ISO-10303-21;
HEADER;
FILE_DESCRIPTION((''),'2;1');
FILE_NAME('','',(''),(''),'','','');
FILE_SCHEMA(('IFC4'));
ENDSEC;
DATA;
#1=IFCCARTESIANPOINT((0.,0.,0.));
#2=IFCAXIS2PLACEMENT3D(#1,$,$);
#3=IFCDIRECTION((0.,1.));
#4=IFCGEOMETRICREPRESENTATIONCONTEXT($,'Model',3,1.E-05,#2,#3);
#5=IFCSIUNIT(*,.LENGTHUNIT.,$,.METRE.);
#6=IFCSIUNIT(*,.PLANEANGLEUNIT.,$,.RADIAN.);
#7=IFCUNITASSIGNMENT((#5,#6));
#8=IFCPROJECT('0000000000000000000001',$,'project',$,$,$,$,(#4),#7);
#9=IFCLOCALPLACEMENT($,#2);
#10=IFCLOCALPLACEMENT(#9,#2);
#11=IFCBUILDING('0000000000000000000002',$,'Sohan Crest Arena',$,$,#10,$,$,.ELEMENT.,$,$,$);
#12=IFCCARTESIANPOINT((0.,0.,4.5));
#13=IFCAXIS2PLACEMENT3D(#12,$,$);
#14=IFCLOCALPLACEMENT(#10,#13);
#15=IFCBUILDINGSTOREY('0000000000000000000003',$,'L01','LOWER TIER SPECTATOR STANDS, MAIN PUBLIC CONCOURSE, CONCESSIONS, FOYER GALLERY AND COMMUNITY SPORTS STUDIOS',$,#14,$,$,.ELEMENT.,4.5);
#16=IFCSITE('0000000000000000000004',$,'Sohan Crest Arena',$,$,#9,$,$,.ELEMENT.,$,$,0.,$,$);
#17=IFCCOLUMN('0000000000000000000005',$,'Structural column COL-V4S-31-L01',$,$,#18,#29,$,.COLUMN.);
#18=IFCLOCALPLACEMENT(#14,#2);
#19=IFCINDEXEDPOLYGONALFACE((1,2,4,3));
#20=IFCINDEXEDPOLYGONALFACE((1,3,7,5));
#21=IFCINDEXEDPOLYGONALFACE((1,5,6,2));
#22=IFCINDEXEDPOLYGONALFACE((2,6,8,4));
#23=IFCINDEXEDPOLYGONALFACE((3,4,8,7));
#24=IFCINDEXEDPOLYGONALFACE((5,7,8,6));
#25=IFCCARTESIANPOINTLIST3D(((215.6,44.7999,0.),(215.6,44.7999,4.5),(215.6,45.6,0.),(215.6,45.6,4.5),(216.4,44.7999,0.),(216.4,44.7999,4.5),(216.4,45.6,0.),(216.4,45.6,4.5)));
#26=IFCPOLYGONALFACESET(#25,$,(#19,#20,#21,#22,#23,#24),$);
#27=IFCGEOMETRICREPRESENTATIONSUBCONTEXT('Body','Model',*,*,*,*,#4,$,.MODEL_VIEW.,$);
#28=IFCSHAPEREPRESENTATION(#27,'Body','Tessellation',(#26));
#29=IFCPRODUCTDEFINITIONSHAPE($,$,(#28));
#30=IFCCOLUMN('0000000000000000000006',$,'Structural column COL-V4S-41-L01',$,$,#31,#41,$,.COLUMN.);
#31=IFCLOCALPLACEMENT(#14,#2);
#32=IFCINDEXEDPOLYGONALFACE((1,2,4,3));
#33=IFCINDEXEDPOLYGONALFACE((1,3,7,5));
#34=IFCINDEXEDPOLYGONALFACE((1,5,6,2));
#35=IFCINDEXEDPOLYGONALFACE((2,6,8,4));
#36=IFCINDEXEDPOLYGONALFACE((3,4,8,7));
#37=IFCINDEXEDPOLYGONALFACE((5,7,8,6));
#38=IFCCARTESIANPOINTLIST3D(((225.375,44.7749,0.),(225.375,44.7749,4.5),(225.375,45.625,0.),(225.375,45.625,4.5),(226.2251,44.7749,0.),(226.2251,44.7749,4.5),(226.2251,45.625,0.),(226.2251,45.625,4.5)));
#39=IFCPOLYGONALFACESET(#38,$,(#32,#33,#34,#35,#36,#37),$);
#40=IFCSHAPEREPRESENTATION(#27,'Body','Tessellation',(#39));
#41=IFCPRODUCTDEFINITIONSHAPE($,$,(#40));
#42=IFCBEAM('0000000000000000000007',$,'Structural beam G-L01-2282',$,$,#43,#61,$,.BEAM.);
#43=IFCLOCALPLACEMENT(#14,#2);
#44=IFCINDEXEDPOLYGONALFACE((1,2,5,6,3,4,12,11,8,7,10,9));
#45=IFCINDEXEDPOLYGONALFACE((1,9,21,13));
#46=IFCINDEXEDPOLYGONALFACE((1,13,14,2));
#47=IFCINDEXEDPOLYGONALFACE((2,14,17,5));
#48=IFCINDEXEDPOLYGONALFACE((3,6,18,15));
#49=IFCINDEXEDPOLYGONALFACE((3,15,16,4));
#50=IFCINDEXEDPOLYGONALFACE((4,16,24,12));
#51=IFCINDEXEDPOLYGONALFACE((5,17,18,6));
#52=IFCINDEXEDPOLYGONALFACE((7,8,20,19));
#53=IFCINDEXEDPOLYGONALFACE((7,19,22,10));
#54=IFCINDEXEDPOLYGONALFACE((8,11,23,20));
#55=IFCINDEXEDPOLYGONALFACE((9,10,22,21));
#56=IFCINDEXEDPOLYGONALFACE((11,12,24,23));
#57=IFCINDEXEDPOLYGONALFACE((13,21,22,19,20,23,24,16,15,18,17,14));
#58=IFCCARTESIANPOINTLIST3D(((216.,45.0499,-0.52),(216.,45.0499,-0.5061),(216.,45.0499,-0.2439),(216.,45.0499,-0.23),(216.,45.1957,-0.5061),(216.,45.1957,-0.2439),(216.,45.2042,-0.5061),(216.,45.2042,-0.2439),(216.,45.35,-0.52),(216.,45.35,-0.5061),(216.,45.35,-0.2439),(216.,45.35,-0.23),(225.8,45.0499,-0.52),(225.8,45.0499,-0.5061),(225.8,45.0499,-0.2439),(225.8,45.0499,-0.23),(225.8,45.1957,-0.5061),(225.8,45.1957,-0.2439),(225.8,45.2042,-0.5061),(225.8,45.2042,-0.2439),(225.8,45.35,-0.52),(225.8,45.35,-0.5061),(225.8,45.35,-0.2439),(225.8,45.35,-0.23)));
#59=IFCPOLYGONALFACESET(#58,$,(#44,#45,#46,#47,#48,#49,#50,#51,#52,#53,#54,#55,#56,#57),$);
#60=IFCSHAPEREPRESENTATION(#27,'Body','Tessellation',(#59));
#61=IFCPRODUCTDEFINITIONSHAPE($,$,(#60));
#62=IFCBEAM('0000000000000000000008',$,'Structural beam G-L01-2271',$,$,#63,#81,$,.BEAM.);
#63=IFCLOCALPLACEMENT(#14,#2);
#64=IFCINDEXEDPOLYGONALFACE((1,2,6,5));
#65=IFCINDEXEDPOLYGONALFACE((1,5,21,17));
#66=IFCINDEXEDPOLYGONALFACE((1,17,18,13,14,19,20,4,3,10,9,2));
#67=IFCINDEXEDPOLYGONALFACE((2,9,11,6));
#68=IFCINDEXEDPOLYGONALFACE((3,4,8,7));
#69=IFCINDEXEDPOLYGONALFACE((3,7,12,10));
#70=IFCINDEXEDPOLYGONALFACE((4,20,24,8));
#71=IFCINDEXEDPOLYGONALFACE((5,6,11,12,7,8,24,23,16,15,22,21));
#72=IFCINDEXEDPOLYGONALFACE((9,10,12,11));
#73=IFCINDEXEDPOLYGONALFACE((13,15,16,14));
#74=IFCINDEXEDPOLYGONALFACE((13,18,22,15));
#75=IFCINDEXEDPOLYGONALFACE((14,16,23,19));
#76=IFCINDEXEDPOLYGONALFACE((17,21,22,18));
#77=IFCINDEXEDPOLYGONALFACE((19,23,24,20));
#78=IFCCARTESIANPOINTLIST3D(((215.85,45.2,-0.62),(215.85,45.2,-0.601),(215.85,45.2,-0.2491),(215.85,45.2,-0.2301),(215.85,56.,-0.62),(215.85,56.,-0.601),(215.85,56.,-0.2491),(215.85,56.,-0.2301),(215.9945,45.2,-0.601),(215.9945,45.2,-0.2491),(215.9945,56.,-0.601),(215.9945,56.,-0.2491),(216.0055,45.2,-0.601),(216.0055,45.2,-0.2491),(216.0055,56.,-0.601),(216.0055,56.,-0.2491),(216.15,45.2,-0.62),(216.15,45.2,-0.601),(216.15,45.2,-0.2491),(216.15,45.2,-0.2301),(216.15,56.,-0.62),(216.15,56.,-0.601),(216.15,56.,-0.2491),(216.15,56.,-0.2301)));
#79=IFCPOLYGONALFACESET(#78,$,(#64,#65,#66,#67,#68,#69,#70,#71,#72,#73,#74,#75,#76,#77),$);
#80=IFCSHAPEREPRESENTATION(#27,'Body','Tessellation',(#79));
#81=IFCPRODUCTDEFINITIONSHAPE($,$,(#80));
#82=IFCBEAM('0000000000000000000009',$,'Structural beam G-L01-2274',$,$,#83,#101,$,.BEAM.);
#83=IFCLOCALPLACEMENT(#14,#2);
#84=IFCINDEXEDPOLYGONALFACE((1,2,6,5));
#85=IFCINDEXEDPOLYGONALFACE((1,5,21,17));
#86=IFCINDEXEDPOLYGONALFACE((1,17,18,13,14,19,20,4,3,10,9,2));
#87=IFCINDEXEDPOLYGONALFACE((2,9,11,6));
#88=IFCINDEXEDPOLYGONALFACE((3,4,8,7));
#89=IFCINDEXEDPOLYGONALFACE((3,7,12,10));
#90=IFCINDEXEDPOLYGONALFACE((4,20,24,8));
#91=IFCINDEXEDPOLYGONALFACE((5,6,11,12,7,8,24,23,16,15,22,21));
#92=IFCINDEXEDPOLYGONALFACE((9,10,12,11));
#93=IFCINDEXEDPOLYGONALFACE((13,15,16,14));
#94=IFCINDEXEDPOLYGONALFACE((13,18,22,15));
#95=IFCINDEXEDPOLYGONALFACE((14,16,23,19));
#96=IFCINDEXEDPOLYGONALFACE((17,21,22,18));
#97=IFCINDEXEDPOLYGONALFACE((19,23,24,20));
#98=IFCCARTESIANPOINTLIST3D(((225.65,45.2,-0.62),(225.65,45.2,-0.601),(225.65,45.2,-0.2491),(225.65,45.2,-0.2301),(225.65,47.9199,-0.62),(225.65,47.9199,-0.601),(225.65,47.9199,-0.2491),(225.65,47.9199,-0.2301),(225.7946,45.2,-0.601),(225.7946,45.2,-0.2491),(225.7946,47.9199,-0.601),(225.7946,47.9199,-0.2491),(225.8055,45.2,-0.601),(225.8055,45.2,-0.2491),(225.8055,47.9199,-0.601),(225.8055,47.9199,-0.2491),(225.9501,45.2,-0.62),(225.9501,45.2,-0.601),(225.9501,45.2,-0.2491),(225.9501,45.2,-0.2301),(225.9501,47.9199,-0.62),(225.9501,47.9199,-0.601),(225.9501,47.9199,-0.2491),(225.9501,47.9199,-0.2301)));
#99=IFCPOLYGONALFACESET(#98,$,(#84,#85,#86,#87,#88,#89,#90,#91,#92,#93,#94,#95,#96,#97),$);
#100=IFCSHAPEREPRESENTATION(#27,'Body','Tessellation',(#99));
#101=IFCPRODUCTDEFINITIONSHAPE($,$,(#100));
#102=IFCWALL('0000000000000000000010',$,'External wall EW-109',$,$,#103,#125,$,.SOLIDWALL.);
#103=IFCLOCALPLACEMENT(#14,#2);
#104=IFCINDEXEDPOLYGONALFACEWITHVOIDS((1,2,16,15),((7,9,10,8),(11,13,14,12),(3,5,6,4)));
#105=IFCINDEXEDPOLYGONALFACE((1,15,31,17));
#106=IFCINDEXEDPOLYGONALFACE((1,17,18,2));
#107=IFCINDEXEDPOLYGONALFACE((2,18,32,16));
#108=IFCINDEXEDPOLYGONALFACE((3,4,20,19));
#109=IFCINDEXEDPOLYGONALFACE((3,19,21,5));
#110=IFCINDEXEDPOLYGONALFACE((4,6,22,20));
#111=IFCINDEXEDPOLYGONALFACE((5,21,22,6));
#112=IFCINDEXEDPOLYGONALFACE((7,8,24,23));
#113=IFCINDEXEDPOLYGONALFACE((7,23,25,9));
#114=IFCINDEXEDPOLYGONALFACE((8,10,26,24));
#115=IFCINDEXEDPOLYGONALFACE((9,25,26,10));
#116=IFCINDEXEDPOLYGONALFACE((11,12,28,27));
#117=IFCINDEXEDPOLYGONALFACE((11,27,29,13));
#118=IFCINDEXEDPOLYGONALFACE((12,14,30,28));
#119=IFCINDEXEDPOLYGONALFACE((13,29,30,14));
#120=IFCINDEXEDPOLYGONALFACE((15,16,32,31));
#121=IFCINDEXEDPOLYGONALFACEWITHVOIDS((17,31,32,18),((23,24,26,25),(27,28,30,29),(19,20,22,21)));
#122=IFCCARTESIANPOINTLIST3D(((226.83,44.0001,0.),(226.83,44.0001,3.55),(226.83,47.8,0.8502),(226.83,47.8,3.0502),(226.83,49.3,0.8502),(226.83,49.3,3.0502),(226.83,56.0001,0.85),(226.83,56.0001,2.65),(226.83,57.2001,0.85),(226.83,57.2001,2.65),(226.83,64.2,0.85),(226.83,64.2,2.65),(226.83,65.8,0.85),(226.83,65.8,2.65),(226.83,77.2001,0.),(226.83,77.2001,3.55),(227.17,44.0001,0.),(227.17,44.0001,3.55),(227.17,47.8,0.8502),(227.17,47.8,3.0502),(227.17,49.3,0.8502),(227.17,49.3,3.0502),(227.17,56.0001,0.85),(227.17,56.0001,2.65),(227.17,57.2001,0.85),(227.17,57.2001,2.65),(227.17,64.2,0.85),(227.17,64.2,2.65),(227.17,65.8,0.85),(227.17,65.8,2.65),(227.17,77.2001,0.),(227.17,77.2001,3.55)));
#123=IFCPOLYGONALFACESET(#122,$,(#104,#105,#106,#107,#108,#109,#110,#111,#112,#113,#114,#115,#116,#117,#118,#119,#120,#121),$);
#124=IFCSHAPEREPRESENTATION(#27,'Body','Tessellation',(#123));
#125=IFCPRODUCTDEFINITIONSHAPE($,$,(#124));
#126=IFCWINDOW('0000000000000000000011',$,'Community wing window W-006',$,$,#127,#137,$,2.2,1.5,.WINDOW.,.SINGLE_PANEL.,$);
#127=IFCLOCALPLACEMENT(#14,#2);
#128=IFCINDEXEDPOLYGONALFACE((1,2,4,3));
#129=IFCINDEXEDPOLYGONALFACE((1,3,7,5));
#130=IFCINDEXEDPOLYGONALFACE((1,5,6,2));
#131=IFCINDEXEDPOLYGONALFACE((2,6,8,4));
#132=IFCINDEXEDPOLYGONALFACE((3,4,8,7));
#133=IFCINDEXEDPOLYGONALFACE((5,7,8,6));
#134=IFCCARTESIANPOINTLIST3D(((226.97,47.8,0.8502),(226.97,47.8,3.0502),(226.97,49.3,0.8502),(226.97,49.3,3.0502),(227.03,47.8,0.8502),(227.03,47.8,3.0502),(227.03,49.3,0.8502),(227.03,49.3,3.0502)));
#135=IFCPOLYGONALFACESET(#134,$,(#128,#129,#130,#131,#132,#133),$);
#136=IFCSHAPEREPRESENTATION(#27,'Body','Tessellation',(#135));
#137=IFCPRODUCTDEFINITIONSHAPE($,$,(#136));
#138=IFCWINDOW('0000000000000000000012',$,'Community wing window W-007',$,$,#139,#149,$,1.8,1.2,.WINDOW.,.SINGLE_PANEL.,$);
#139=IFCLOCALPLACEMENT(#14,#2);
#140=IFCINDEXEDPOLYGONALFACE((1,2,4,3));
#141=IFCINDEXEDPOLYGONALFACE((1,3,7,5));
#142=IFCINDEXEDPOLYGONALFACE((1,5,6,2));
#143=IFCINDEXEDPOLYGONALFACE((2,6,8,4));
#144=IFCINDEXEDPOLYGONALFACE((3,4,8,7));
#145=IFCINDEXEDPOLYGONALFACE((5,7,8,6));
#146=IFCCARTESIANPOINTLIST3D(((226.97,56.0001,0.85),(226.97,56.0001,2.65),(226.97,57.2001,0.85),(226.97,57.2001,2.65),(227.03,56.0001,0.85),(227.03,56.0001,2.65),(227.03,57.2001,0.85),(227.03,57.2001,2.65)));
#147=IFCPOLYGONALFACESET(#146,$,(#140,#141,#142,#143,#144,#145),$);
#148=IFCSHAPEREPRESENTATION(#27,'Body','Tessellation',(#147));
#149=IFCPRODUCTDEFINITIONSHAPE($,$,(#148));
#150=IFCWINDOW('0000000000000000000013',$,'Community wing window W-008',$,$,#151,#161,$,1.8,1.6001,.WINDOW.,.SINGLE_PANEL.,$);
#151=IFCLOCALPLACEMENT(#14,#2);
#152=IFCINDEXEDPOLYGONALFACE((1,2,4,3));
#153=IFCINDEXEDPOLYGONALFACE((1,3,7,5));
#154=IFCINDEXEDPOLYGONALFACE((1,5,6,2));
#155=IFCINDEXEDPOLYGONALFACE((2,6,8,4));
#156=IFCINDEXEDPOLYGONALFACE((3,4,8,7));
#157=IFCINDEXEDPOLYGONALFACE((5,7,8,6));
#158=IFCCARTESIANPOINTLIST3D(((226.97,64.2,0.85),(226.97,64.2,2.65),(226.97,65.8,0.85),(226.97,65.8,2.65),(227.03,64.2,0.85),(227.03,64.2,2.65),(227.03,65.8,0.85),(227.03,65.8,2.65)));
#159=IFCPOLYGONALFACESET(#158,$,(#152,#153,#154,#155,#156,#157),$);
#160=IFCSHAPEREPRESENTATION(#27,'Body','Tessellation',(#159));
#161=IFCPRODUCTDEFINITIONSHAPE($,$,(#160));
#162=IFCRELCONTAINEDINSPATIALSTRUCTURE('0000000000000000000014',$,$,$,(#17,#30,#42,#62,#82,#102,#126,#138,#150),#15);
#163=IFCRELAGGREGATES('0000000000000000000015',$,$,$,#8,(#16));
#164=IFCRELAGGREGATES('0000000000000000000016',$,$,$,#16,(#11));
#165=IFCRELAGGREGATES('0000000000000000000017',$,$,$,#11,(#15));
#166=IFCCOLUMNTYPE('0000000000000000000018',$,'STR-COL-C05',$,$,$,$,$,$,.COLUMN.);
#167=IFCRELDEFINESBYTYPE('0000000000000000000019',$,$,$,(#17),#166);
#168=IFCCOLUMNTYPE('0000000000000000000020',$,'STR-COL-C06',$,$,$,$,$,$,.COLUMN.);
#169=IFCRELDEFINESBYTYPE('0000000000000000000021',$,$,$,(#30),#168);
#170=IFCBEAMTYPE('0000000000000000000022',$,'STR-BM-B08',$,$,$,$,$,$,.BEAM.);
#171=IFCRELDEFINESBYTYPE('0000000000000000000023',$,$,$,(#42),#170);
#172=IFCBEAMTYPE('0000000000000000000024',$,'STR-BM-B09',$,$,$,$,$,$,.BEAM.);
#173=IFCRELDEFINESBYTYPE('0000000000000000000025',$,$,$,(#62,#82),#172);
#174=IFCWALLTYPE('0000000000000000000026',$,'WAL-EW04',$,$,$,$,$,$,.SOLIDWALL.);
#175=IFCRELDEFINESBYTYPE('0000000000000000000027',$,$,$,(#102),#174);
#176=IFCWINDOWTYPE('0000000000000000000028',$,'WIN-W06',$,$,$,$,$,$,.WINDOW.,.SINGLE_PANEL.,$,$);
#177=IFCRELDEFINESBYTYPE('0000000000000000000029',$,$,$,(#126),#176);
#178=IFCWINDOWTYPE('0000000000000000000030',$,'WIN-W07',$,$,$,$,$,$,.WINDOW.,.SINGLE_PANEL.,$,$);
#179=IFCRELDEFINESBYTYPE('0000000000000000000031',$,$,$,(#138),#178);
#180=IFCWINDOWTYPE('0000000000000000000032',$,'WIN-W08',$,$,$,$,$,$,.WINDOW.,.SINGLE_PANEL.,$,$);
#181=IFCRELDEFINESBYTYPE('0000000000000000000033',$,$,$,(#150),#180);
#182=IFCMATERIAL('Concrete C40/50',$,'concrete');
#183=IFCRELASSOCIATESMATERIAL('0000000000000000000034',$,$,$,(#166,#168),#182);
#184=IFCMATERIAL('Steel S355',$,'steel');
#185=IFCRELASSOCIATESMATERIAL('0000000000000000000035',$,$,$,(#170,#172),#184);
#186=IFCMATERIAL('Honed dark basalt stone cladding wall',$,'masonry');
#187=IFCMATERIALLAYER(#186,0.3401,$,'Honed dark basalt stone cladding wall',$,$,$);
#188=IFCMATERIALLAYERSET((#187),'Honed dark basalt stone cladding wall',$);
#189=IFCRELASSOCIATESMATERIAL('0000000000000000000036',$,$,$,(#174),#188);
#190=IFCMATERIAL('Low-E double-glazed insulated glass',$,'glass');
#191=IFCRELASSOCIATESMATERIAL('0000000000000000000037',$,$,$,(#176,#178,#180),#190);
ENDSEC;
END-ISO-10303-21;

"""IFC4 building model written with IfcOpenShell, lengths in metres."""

from ifc_helpers import new_model, si_unit, direction, frame, frame_2d, origin, origin_2d, place, context, subcontext, project, spatial, rectangle, i_section, extrude, material, layer, layer_set, material_profile, profile_set, type_object, element, fill, save


model = new_model("IFC4")

# Units and contexts
model_context = context("Model", 3, precision=1e-05, world=origin(), true_north=direction((0.0, 1.0)))
body_context = subcontext(model_context, "Body", "Model", "MODEL_VIEW")
ifc_project = project(units=[si_unit("LENGTHUNIT", "METRE"), si_unit("PLANEANGLEUNIT", "RADIAN")], contexts=[model_context])

# Site, building, storey
site_placement = place(None, origin())
site = spatial("IfcSite", under=ifc_project, at=site_placement, Name="Sohan Crest Arena", CompositionType="ELEMENT", RefElevation=0.0)
building_placement = place(site_placement, origin())
building = spatial("IfcBuilding", under=site, at=building_placement, Name="Sohan Crest Arena", CompositionType="ELEMENT")
storey_placement = place(building_placement, frame((0.0, 0.0, 4.5)))
storey = spatial("IfcBuildingStorey", under=building, at=storey_placement, Name="L01", Description="LOWER TIER SPECTATOR STANDS, MAIN PUBLIC CONCOURSE, CONCESSIONS, FOYER GALLERY AND COMMUNITY SPORTS STUDIOS", CompositionType="ELEMENT", Elevation=4.5)

# Columns
ifc_material_1 = material(Name="Concrete C40/50", Category="concrete")
ifc_material_profile_1 = material_profile(ifc_material_1, rectangle(XDim=0.8, YDim=0.8, at=origin_2d()), Name="RC 800x800")
ifc_profile_set_1 = profile_set([ifc_material_profile_1], Name="Concrete C40/50")
column_type_1 = type_object("IfcColumnType", Name="STR-COL-C05", PredefinedType="COLUMN", material=ifc_profile_set_1)
column_1_placement = place(storey_placement, frame((216.0, 45.2, 0.0), z_axis=(0.0, 0.0, 1.0), x_axis=(1.0, 0.0, 0.0)))
element("IfcColumn", 1, at=column_1_placement, inside=storey, type_object=column_type_1, Name="Structural column COL-V4S-31-L01", PredefinedType="COLUMN", context=body_context, shape_type="SweptSolid", body=[
    extrude(rectangle(XDim=0.8, YDim=0.8, at=origin_2d()), origin(), (0.0, 0.0, 1.0), 4.5),
])
ifc_material_profile_2 = material_profile(ifc_material_1, rectangle(XDim=0.8501, YDim=0.8501, at=origin_2d()), Name="RC 850x850")
ifc_profile_set_2 = profile_set([ifc_material_profile_2], Name="Concrete C40/50")
column_type_2 = type_object("IfcColumnType", Name="STR-COL-C06", PredefinedType="COLUMN", material=ifc_profile_set_2)
column_2_placement = place(storey_placement, frame((225.8, 45.2, 0.0), z_axis=(0.0, 0.0, 1.0), x_axis=(1.0, 0.0, 0.0)))
element("IfcColumn", 2, at=column_2_placement, inside=storey, type_object=column_type_2, Name="Structural column COL-V4S-41-L01", PredefinedType="COLUMN", context=body_context, shape_type="SweptSolid", body=[
    extrude(rectangle(XDim=0.8501, YDim=0.8501, at=origin_2d()), origin(), (0.0, 0.0, 1.0), 4.5),
])

# Beams
ifc_material_2 = material(Name="Steel S355", Category="steel")
ifc_material_profile_3 = material_profile(ifc_material_2, i_section(OverallWidth=0.3, OverallDepth=0.29, WebThickness=0.0085, FlangeThickness=0.0139, at=origin_2d()), Name="HEA 300")
ifc_profile_set_3 = profile_set([ifc_material_profile_3], Name="Steel S355")
beam_type_1 = type_object("IfcBeamType", Name="STR-BM-B08", PredefinedType="BEAM", material=ifc_profile_set_3)
beam_1_placement = place(storey_placement, frame((216.0, 45.2, -0.375), z_axis=(1.0, 0.0, 0.0), x_axis=(0.0, 1.0, 0.0)))
element("IfcBeam", 3, at=beam_1_placement, inside=storey, type_object=beam_type_1, Name="Structural beam G-L01-2282", PredefinedType="BEAM", context=body_context, shape_type="SweptSolid", body=[
    extrude(i_section(OverallWidth=0.3, OverallDepth=0.29, WebThickness=0.0085, FlangeThickness=0.0139, at=origin_2d()), origin(), (0.0, 0.0, 1.0), 9.8),
])
ifc_material_profile_4 = material_profile(ifc_material_2, i_section(OverallWidth=0.3, OverallDepth=0.3899, WebThickness=0.011, FlangeThickness=0.019, at=origin_2d()), Name="HEA 400")
ifc_profile_set_4 = profile_set([ifc_material_profile_4], Name="Steel S355")
beam_type_2 = type_object("IfcBeamType", Name="STR-BM-B09", PredefinedType="BEAM", material=ifc_profile_set_4)
beam_2_placement = place(storey_placement, frame((216.0, 45.2, -0.425), z_axis=(0.0, 1.0, 0.0), x_axis=(-1.0, 0.0, 0.0)))
element("IfcBeam", 4, at=beam_2_placement, inside=storey, type_object=beam_type_2, Name="Structural beam G-L01-2271", PredefinedType="BEAM", context=body_context, shape_type="SweptSolid", body=[
    extrude(i_section(OverallWidth=0.3, OverallDepth=0.3899, WebThickness=0.011, FlangeThickness=0.019, at=origin_2d()), origin(), (0.0, 0.0, 1.0), 10.8),
])
beam_3_placement = place(storey_placement, frame((225.8, 45.2, -0.425), z_axis=(0.0, 1.0, 0.0), x_axis=(-1.0, 0.0, 0.0)))
element("IfcBeam", 5, at=beam_3_placement, inside=storey, type_object=beam_type_2, Name="Structural beam G-L01-2274", PredefinedType="BEAM", context=body_context, shape_type="SweptSolid", body=[
    extrude(i_section(OverallWidth=0.3, OverallDepth=0.3899, WebThickness=0.011, FlangeThickness=0.019, at=origin_2d()), origin(), (0.0, 0.0, 1.0), 2.72),
])

# Wall, openings, windows
ifc_material_3 = material(Name="Honed dark basalt stone cladding wall", Category="masonry")
ifc_layer_1 = layer(ifc_material_3, 0.3401, Name="Honed dark basalt stone cladding wall")
ifc_layer_set_1 = layer_set([ifc_layer_1], Name="Honed dark basalt stone cladding wall")
wall_type_1 = type_object("IfcWallType", Name="WAL-EW04", PredefinedType="SOLIDWALL", material=ifc_layer_set_1)
wall_1_placement = place(storey_placement, frame((227.0, 44.0, 0.0), z_axis=(0.0, 0.0, 1.0), x_axis=(0.0, 1.0, 0.0)))
wall_1 = element("IfcWall", 6, at=wall_1_placement, inside=storey, type_object=wall_type_1, Name="External wall EW-109", PredefinedType="SOLIDWALL", context=body_context, shape_type="SweptSolid", body=[
    extrude(rectangle(XDim=33.2, YDim=0.3401, at=frame_2d((16.6001, 0.0))), origin(), (0.0, 0.0, 1.0), 3.55),
])
opening_1_placement = place(wall_1_placement, frame((3.8, 0.0, 0.8501)))
opening_1 = element("IfcOpeningElement", 7, at=opening_1_placement, cuts=wall_1, PredefinedType="OPENING", context=body_context, shape_type="SweptSolid", body=[
    extrude(rectangle(XDim=1.5, YDim=2.2, at=frame_2d((0.75, 1.1001))), frame((0.0, 0.1799, 0.0), z_axis=(0.0, -1.0, 0.0), x_axis=(1.0, 0.0, 0.0)), (0.0, 0.0, 1.0), 0.3601),
])
opening_2_placement = place(wall_1_placement, frame((12.0, 0.0, 0.8501)))
opening_2 = element("IfcOpeningElement", 8, at=opening_2_placement, cuts=wall_1, PredefinedType="OPENING", context=body_context, shape_type="SweptSolid", body=[
    extrude(rectangle(XDim=1.2, YDim=1.8, at=frame_2d((0.6001, 0.8999))), frame((0.0, 0.1799, 0.0), z_axis=(0.0, -1.0, 0.0), x_axis=(1.0, 0.0, 0.0)), (0.0, 0.0, 1.0), 0.3601),
])
opening_3_placement = place(wall_1_placement, frame((20.2, 0.0, 0.8501)))
opening_3 = element("IfcOpeningElement", 9, at=opening_3_placement, cuts=wall_1, PredefinedType="OPENING", context=body_context, shape_type="SweptSolid", body=[
    extrude(rectangle(XDim=1.6001, YDim=1.8, at=frame_2d((0.8, 0.8999))), frame((0.0, 0.1799, 0.0), z_axis=(0.0, -1.0, 0.0), x_axis=(1.0, 0.0, 0.0)), (0.0, 0.0, 1.0), 0.3601),
])
ifc_material_4 = material(Name="Low-E double-glazed insulated glass", Category="glass")
window_type_1 = type_object("IfcWindowType", Name="WIN-W06", PartitioningType="SINGLE_PANEL", PredefinedType="WINDOW", material=ifc_material_4)
window_1_placement = place(opening_1_placement, origin())
window_1 = element("IfcWindow", 10, at=window_1_placement, inside=storey, type_object=window_type_1, Name="Community wing window W-006", OverallHeight=2.2, OverallWidth=1.5, PartitioningType="SINGLE_PANEL", PredefinedType="WINDOW", context=body_context, shape_type="SweptSolid", body=[
    extrude(rectangle(XDim=1.5, YDim=2.2, at=frame_2d((0.75, 1.1001))), frame((0.0, 0.03, 0.0), z_axis=(0.0, -1.0, 0.0), x_axis=(1.0, 0.0, 0.0)), (0.0, 0.0, 1.0), 0.0601),
])
fill(opening_1, window_1)
window_type_2 = type_object("IfcWindowType", Name="WIN-W07", PartitioningType="SINGLE_PANEL", PredefinedType="WINDOW", material=ifc_material_4)
window_2_placement = place(opening_2_placement, origin())
window_2 = element("IfcWindow", 11, at=window_2_placement, inside=storey, type_object=window_type_2, Name="Community wing window W-007", OverallHeight=1.8, OverallWidth=1.2, PartitioningType="SINGLE_PANEL", PredefinedType="WINDOW", context=body_context, shape_type="SweptSolid", body=[
    extrude(rectangle(XDim=1.2, YDim=1.8, at=frame_2d((0.6001, 0.8999))), frame((0.0, 0.03, 0.0), z_axis=(0.0, -1.0, 0.0), x_axis=(1.0, 0.0, 0.0)), (0.0, 0.0, 1.0), 0.0601),
])
fill(opening_2, window_2)
window_type_3 = type_object("IfcWindowType", Name="WIN-W08", PartitioningType="SINGLE_PANEL", PredefinedType="WINDOW", material=ifc_material_4)
window_3_placement = place(opening_3_placement, origin())
window_3 = element("IfcWindow", 12, at=window_3_placement, inside=storey, type_object=window_type_3, Name="Community wing window W-008", OverallHeight=1.8, OverallWidth=1.6001, PartitioningType="SINGLE_PANEL", PredefinedType="WINDOW", context=body_context, shape_type="SweptSolid", body=[
    extrude(rectangle(XDim=1.6001, YDim=1.8, at=frame_2d((0.8, 0.8999))), frame((0.0, 0.03, 0.0), z_axis=(0.0, -1.0, 0.0), x_axis=(1.0, 0.0, 0.0)), (0.0, 0.0, 1.0), 0.0601),
])
fill(opening_3, window_3)

save(model, "model.ifc")
